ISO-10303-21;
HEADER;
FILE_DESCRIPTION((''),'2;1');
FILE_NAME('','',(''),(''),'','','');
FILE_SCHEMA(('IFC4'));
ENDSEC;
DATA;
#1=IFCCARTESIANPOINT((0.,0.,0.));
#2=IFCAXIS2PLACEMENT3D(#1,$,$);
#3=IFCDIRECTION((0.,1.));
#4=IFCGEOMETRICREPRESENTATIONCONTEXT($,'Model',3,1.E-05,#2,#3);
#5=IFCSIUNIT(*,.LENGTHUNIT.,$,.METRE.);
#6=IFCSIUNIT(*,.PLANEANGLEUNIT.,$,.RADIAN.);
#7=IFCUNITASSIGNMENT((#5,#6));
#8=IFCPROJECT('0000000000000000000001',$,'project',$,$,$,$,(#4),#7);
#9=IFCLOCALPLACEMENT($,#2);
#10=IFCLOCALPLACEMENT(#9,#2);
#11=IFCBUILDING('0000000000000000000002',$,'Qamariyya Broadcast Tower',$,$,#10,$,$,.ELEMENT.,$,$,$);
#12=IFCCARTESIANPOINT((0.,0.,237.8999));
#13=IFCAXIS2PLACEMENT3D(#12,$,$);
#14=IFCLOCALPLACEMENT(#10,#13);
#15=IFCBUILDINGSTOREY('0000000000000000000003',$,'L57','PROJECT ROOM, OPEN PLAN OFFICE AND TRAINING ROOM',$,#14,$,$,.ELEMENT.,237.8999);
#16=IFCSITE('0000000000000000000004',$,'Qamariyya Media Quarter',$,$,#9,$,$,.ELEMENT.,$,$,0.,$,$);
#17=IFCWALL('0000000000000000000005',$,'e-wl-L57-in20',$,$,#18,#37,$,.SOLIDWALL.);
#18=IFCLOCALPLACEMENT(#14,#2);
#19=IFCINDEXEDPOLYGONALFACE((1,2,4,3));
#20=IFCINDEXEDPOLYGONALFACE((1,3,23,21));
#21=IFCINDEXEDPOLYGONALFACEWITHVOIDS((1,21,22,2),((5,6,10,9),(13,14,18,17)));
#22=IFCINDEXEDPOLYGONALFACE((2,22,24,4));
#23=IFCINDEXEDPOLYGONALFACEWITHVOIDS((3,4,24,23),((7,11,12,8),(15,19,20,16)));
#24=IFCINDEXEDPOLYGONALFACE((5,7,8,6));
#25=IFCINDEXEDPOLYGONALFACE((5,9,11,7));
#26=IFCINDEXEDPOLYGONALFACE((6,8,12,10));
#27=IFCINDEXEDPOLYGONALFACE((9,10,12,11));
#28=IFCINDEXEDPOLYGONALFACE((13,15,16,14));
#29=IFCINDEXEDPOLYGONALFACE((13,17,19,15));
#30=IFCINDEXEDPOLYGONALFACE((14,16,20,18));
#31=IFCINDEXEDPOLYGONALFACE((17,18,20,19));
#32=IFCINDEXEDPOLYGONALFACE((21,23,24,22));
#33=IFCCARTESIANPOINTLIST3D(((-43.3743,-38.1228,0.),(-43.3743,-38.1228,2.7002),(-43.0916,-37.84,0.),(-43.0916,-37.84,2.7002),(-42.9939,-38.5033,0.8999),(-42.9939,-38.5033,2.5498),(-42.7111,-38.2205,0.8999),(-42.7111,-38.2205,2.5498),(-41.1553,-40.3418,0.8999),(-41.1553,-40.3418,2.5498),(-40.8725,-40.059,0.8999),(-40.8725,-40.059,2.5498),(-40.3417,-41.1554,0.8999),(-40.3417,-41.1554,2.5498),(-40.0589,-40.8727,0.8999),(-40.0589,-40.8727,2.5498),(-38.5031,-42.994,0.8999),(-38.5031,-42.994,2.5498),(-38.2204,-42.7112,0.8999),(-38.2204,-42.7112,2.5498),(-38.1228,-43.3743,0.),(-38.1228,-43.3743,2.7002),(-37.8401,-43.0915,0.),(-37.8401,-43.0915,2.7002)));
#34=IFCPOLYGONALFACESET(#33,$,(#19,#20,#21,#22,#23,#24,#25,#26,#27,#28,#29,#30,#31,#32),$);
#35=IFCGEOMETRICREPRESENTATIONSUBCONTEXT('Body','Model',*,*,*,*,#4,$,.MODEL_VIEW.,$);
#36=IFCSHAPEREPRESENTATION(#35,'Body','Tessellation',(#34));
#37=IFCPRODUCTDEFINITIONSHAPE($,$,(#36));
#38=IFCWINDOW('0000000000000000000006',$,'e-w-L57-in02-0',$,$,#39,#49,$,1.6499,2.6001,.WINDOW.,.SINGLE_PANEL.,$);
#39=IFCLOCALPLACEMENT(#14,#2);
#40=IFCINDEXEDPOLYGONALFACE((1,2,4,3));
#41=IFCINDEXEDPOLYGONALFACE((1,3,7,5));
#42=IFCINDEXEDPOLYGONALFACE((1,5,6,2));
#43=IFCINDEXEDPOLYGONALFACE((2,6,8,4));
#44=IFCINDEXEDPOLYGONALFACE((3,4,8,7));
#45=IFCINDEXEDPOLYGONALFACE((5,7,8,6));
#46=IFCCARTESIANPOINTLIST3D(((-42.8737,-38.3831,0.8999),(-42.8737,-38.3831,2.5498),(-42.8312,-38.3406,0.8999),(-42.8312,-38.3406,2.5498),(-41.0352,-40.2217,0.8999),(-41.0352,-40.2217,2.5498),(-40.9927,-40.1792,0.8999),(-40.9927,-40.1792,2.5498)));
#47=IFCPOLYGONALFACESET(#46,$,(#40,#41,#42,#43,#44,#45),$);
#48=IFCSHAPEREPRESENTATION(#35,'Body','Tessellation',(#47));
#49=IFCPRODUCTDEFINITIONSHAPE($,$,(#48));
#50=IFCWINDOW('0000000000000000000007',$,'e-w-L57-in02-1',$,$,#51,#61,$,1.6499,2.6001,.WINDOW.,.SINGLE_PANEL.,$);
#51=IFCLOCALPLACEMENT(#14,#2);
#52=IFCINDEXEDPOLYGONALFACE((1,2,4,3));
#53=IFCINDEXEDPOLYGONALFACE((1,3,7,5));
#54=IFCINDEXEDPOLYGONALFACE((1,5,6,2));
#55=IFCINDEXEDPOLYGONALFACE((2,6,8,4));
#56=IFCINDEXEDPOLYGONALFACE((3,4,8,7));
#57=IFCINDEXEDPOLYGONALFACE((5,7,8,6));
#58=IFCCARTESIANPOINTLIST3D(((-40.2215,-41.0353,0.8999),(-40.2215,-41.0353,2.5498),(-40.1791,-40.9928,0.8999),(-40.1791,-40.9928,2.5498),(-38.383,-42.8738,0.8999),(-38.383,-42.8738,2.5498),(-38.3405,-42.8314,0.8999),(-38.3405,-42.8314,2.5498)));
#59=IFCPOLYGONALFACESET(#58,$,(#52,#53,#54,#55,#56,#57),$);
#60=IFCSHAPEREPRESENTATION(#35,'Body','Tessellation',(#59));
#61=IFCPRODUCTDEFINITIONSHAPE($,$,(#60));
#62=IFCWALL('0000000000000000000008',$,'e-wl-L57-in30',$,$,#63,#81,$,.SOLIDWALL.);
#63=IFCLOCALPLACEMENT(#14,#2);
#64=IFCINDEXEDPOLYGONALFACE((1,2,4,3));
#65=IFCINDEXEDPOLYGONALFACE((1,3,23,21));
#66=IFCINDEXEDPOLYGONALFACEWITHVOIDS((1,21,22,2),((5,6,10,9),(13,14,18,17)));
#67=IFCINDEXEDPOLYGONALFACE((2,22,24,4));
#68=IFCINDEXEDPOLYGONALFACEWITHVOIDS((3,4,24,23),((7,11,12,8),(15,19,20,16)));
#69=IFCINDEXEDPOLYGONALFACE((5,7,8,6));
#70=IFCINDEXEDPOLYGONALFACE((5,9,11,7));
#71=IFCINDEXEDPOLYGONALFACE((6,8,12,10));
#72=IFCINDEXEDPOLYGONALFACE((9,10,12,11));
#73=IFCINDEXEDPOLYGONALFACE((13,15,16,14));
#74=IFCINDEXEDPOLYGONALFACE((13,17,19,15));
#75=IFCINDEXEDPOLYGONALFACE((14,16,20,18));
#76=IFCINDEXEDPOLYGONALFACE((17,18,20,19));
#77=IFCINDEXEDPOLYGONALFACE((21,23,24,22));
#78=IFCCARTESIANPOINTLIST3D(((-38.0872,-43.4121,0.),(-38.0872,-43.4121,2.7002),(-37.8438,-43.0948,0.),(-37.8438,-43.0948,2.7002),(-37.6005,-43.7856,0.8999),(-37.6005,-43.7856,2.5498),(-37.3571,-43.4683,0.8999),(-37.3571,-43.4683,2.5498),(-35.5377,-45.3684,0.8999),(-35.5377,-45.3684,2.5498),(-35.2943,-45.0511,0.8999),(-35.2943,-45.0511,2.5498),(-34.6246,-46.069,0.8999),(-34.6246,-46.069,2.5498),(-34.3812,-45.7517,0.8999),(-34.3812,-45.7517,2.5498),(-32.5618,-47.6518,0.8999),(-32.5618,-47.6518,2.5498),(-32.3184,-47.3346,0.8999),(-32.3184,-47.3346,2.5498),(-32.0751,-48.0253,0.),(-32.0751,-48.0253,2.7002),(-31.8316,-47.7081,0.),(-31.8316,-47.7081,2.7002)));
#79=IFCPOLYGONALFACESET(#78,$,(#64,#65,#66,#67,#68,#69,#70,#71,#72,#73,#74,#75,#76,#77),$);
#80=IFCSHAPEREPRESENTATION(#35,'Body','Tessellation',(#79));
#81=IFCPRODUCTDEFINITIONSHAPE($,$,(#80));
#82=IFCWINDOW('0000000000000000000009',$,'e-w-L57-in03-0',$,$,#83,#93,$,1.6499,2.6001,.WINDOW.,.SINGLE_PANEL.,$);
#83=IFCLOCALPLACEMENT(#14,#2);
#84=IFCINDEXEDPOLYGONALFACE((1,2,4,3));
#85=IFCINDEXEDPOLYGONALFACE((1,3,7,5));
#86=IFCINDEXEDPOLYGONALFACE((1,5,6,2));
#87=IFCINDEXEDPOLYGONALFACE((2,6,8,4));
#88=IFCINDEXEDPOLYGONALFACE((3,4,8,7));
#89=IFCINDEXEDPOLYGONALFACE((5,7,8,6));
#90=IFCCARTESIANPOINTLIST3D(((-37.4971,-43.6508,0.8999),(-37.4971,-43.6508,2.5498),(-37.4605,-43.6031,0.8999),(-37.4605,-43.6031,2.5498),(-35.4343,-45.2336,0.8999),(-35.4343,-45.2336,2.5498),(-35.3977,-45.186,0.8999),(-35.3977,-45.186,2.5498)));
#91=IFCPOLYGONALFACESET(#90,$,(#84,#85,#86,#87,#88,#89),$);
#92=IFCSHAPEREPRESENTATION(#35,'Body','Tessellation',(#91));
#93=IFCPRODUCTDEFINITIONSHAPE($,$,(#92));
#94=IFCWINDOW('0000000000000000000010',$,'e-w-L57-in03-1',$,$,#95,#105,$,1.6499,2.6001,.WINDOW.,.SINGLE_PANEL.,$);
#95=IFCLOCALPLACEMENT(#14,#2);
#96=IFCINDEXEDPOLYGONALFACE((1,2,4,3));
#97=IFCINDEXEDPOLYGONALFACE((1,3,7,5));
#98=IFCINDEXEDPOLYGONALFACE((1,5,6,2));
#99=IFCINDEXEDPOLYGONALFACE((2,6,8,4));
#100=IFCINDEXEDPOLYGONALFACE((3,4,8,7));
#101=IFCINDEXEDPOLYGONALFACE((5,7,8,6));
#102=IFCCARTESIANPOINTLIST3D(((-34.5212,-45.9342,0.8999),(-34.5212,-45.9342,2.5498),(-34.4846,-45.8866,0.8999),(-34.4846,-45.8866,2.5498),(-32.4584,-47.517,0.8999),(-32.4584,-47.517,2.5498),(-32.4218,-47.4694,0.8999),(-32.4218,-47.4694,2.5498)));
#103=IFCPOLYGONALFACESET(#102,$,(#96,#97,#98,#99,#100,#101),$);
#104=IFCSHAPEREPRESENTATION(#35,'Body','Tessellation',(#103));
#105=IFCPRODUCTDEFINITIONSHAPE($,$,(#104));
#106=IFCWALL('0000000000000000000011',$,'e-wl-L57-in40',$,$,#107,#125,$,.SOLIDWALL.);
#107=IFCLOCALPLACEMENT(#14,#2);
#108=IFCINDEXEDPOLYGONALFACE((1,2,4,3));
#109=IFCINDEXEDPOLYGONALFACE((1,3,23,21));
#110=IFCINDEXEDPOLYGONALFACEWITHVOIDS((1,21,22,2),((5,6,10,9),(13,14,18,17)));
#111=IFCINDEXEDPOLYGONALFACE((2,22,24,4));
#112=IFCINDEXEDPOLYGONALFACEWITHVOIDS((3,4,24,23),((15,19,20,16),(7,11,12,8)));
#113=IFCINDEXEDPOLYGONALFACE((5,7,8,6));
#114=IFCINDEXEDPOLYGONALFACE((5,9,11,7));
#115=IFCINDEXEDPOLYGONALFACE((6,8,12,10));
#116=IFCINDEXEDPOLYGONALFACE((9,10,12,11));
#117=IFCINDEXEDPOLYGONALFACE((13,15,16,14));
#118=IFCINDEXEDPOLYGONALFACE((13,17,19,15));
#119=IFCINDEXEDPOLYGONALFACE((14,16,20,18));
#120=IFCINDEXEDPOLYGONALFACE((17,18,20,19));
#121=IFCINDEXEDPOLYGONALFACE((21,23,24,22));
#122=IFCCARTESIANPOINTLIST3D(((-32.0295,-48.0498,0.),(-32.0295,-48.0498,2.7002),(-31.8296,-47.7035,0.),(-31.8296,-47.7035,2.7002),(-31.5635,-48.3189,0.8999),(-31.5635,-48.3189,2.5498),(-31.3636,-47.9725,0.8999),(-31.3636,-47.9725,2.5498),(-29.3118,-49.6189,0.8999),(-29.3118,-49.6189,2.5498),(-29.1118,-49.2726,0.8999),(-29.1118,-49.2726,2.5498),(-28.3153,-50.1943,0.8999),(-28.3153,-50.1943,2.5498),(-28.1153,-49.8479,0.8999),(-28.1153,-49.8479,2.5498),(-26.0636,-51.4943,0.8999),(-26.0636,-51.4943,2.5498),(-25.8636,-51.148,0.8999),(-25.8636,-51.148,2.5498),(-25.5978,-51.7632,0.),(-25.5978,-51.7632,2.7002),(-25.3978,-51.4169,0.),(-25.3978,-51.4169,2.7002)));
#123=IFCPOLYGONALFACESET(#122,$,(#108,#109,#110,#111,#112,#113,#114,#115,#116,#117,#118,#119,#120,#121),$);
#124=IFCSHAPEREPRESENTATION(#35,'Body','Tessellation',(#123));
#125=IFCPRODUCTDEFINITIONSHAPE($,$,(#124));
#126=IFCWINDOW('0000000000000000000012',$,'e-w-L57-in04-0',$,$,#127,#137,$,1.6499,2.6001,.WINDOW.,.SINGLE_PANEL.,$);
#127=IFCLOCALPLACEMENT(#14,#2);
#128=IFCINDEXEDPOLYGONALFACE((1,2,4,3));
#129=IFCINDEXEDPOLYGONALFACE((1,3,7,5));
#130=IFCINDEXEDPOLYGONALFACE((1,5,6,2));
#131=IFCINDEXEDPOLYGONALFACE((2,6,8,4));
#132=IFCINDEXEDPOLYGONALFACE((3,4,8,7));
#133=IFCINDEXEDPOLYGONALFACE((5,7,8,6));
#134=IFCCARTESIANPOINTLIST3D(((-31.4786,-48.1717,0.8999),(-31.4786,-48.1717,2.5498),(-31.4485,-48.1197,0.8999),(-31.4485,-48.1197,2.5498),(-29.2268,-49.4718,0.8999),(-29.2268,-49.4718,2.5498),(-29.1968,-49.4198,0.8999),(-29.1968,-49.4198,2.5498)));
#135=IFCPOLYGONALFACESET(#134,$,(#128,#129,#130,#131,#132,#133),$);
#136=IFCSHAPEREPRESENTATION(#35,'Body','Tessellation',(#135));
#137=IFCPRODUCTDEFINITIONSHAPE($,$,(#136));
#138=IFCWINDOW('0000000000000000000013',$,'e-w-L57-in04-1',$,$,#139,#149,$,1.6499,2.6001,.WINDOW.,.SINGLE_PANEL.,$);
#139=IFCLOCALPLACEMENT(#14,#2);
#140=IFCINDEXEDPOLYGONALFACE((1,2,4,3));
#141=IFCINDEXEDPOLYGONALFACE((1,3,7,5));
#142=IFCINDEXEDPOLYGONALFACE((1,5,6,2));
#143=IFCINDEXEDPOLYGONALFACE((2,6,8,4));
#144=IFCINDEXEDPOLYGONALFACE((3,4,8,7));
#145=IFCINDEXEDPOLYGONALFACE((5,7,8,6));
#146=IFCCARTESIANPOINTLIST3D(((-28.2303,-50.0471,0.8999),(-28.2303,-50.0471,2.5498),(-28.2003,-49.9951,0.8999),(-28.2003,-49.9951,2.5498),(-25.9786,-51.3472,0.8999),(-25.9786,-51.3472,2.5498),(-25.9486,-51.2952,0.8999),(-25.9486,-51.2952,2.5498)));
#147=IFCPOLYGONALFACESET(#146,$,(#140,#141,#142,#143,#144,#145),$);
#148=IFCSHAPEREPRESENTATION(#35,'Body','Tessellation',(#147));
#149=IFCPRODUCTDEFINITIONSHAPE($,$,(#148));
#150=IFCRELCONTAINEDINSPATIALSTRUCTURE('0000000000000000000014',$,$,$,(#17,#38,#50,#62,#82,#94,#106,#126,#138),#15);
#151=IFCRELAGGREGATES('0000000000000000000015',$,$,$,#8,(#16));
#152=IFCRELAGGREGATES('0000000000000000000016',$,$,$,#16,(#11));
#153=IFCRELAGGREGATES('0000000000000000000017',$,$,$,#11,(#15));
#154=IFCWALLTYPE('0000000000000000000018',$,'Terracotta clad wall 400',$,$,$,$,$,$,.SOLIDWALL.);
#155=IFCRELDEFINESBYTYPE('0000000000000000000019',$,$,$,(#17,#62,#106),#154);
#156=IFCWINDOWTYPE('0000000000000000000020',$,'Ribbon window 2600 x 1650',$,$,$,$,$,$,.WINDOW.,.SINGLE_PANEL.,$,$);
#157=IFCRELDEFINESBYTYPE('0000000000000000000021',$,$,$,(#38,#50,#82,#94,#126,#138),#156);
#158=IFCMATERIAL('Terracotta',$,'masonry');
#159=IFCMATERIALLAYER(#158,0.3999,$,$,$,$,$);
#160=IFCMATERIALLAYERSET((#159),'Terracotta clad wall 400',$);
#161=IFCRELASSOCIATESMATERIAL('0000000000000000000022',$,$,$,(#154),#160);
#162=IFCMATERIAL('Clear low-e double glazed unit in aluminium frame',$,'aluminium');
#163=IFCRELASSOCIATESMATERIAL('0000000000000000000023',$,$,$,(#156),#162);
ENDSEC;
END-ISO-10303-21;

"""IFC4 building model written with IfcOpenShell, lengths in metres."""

from ifc_helpers import new_model, si_unit, direction, frame, frame_2d, origin, place, context, subcontext, project, spatial, rectangle, extrude, material, layer, layer_set, type_object, element, fill, save


model = new_model("IFC4")

# Units and contexts
model_context = context("Model", 3, precision=1e-05, world=origin(), true_north=direction((0.0, 1.0)))
body_context = subcontext(model_context, "Body", "Model", "MODEL_VIEW")
ifc_project = project(units=[si_unit("LENGTHUNIT", "METRE"), si_unit("PLANEANGLEUNIT", "RADIAN")], contexts=[model_context])

# Site, building, storey
site_placement = place(None, origin())
site = spatial("IfcSite", under=ifc_project, at=site_placement, Name="Qamariyya Media Quarter", CompositionType="ELEMENT", RefElevation=0.0)
building_placement = place(site_placement, origin())
building = spatial("IfcBuilding", under=site, at=building_placement, Name="Qamariyya Broadcast Tower", CompositionType="ELEMENT")
storey_placement = place(building_placement, frame((0.0, 0.0, 237.8999)))
storey = spatial("IfcBuildingStorey", under=building, at=storey_placement, Name="L57", Description="PROJECT ROOM, OPEN PLAN OFFICE AND TRAINING ROOM", CompositionType="ELEMENT", Elevation=237.8999)

# Walls, openings, windows
ifc_material_1 = material(Name="Terracotta", Category="masonry")
ifc_layer_1 = layer(ifc_material_1, 0.3999)
ifc_layer_set_1 = layer_set([ifc_layer_1], Name="Terracotta clad wall 400")
wall_type = type_object("IfcWallType", Name="Terracotta clad wall 400", PredefinedType="SOLIDWALL", material=ifc_layer_set_1)
wall_1_placement = place(storey_placement, frame((-37.9814, -43.2329, 0.0), z_axis=(0.0, 0.0, 1.0), x_axis=(-0.707107, 0.707107, 0.0)))
wall_1 = element("IfcWall", 1, at=wall_1_placement, inside=storey, type_object=wall_type, Name="e-wl-L57-in20", PredefinedType="SOLIDWALL", context=body_context, shape_type="SweptSolid", body=[
    extrude(rectangle(XDim=7.4268, YDim=0.3999, at=frame_2d((3.7134, 0.0))), origin(), (0.0, 0.0, 1.0), 2.7002),
])
opening_1_placement = place(wall_1_placement, frame((4.2886, 0.0, 0.8999)))
opening_1 = element("IfcOpeningElement", 2, at=opening_1_placement, cuts=wall_1, PredefinedType="OPENING", context=body_context, shape_type="SweptSolid", body=[
    extrude(rectangle(XDim=2.6001, YDim=1.6499, at=frame_2d((1.3, 0.825))), frame((0.0, 0.21, 0.0), z_axis=(0.0, -1.0, 0.0), x_axis=(1.0, 0.0, 0.0)), (0.0, 0.0, 1.0), 0.4199),
])
opening_2_placement = place(wall_1_placement, frame((0.5378, 0.0, 0.8999)))
opening_2 = element("IfcOpeningElement", 3, at=opening_2_placement, cuts=wall_1, PredefinedType="OPENING", context=body_context, shape_type="SweptSolid", body=[
    extrude(rectangle(XDim=2.6001, YDim=1.6499, at=frame_2d((1.3, 0.825))), frame((0.0, 0.21, 0.0), z_axis=(0.0, -1.0, 0.0), x_axis=(1.0, 0.0, 0.0)), (0.0, 0.0, 1.0), 0.4199),
])
ifc_material_2 = material(Name="Clear low-e double glazed unit in aluminium frame", Category="aluminium")
window_type = type_object("IfcWindowType", Name="Ribbon window 2600 x 1650", PartitioningType="SINGLE_PANEL", PredefinedType="WINDOW", material=ifc_material_2)
window_1_placement = place(opening_1_placement, origin())
window_1 = element("IfcWindow", 4, at=window_1_placement, inside=storey, type_object=window_type, Name="e-w-L57-in02-0", OverallHeight=1.6499, OverallWidth=2.6001, PartitioningType="SINGLE_PANEL", PredefinedType="WINDOW", context=body_context, shape_type="SweptSolid", body=[
    extrude(rectangle(XDim=2.6001, YDim=1.6499, at=frame_2d((1.3, 0.825))), frame((0.0, 0.03, 0.0), z_axis=(0.0, -1.0, 0.0), x_axis=(1.0, 0.0, 0.0)), (0.0, 0.0, 1.0), 0.0601),
])
fill(opening_1, window_1)
window_2_placement = place(opening_2_placement, origin())
window_2 = element("IfcWindow", 5, at=window_2_placement, inside=storey, type_object=window_type, Name="e-w-L57-in02-1", OverallHeight=1.6499, OverallWidth=2.6001, PartitioningType="SINGLE_PANEL", PredefinedType="WINDOW", context=body_context, shape_type="SweptSolid", body=[
    extrude(rectangle(XDim=2.6001, YDim=1.6499, at=frame_2d((1.3, 0.825))), frame((0.0, 0.03, 0.0), z_axis=(0.0, -1.0, 0.0), x_axis=(1.0, 0.0, 0.0)), (0.0, 0.0, 1.0), 0.0601),
])
fill(opening_2, window_2)
wall_2_placement = place(storey_placement, frame((-31.9534, -47.8667, 0.0), z_axis=(0.0, 0.0, 1.0), x_axis=(-0.793356, 0.608757, 0.0)))
wall_2 = element("IfcWall", 6, at=wall_2_placement, inside=storey, type_object=wall_type, Name="e-wl-L57-in30", PredefinedType="SOLIDWALL", context=body_context, shape_type="SweptSolid", body=[
    extrude(rectangle(XDim=7.5781, YDim=0.3999, at=frame_2d((3.7891, 0.0))), origin(), (0.0, 0.0, 1.0), 2.7002),
])
opening_3_placement = place(wall_2_placement, frame((4.3645, 0.0, 0.8999)))
opening_3 = element("IfcOpeningElement", 7, at=opening_3_placement, cuts=wall_2, PredefinedType="OPENING", context=body_context, shape_type="SweptSolid", body=[
    extrude(rectangle(XDim=2.6001, YDim=1.6499, at=frame_2d((1.3, 0.825))), frame((0.0, 0.21, 0.0), z_axis=(0.0, -1.0, 0.0), x_axis=(1.0, 0.0, 0.0)), (0.0, 0.0, 1.0), 0.4199),
])
opening_4_placement = place(wall_2_placement, frame((0.6135, 0.0, 0.8999)))
opening_4 = element("IfcOpeningElement", 8, at=opening_4_placement, cuts=wall_2, PredefinedType="OPENING", context=body_context, shape_type="SweptSolid", body=[
    extrude(rectangle(XDim=2.6001, YDim=1.6499, at=frame_2d((1.3, 0.825))), frame((0.0, 0.21, 0.0), z_axis=(0.0, -1.0, 0.0), x_axis=(1.0, 0.0, 0.0)), (0.0, 0.0, 1.0), 0.4199),
])
window_3_placement = place(opening_3_placement, origin())
window_3 = element("IfcWindow", 9, at=window_3_placement, inside=storey, type_object=window_type, Name="e-w-L57-in03-0", OverallHeight=1.6499, OverallWidth=2.6001, PartitioningType="SINGLE_PANEL", PredefinedType="WINDOW", context=body_context, shape_type="SweptSolid", body=[
    extrude(rectangle(XDim=2.6001, YDim=1.6499, at=frame_2d((1.3, 0.825))), frame((0.0, 0.03, 0.0), z_axis=(0.0, -1.0, 0.0), x_axis=(1.0, 0.0, 0.0)), (0.0, 0.0, 1.0), 0.0601),
])
fill(opening_3, window_3)
window_4_placement = place(opening_4_placement, origin())
window_4 = element("IfcWindow", 10, at=window_4_placement, inside=storey, type_object=window_type, Name="e-w-L57-in03-1", OverallHeight=1.6499, OverallWidth=2.6001, PartitioningType="SINGLE_PANEL", PredefinedType="WINDOW", context=body_context, shape_type="SweptSolid", body=[
    extrude(rectangle(XDim=2.6001, YDim=1.6499, at=frame_2d((1.3, 0.825))), frame((0.0, 0.03, 0.0), z_axis=(0.0, -1.0, 0.0), x_axis=(1.0, 0.0, 0.0)), (0.0, 0.0, 1.0), 0.0601),
])
fill(opening_4, window_4)
wall_3_placement = place(storey_placement, frame((-25.4978, -51.5901, 0.0), z_axis=(0.0, 0.0, 1.0), x_axis=(-0.866021, 0.500007, 0.0)))
wall_3 = element("IfcWall", 11, at=wall_3_placement, inside=storey, type_object=wall_type, Name="e-wl-L57-in40", PredefinedType="SOLIDWALL", context=body_context, shape_type="SweptSolid", body=[
    extrude(rectangle(XDim=7.4268, YDim=0.3999, at=frame_2d((3.7134, 0.0))), origin(), (0.0, 0.0, 1.0), 2.7002),
])
opening_5_placement = place(wall_3_placement, frame((4.2886, 0.0, 0.8999)))
opening_5 = element("IfcOpeningElement", 12, at=opening_5_placement, cuts=wall_3, PredefinedType="OPENING", context=body_context, shape_type="SweptSolid", body=[
    extrude(rectangle(XDim=2.6001, YDim=1.6499, at=frame_2d((1.3, 0.825))), frame((0.0, 0.21, 0.0), z_axis=(0.0, -1.0, 0.0), x_axis=(1.0, 0.0, 0.0)), (0.0, 0.0, 1.0), 0.4199),
])
opening_6_placement = place(wall_3_placement, frame((0.5378, 0.0, 0.8999)))
opening_6 = element("IfcOpeningElement", 13, at=opening_6_placement, cuts=wall_3, PredefinedType="OPENING", context=body_context, shape_type="SweptSolid", body=[
    extrude(rectangle(XDim=2.6001, YDim=1.6499, at=frame_2d((1.3, 0.825))), frame((0.0, 0.21, 0.0), z_axis=(0.0, -1.0, 0.0), x_axis=(1.0, 0.0, 0.0)), (0.0, 0.0, 1.0), 0.4199),
])
window_5_placement = place(opening_5_placement, origin())
window_5 = element("IfcWindow", 14, at=window_5_placement, inside=storey, type_object=window_type, Name="e-w-L57-in04-0", OverallHeight=1.6499, OverallWidth=2.6001, PartitioningType="SINGLE_PANEL", PredefinedType="WINDOW", context=body_context, shape_type="SweptSolid", body=[
    extrude(rectangle(XDim=2.6001, YDim=1.6499, at=frame_2d((1.3, 0.825))), frame((0.0, 0.03, 0.0), z_axis=(0.0, -1.0, 0.0), x_axis=(1.0, 0.0, 0.0)), (0.0, 0.0, 1.0), 0.0601),
])
fill(opening_5, window_5)
window_6_placement = place(opening_6_placement, origin())
window_6 = element("IfcWindow", 15, at=window_6_placement, inside=storey, type_object=window_type, Name="e-w-L57-in04-1", OverallHeight=1.6499, OverallWidth=2.6001, PartitioningType="SINGLE_PANEL", PredefinedType="WINDOW", context=body_context, shape_type="SweptSolid", body=[
    extrude(rectangle(XDim=2.6001, YDim=1.6499, at=frame_2d((1.3, 0.825))), frame((0.0, 0.03, 0.0), z_axis=(0.0, -1.0, 0.0), x_axis=(1.0, 0.0, 0.0)), (0.0, 0.0, 1.0), 0.0601),
])
fill(opening_6, window_6)

save(model, "model.ifc")
